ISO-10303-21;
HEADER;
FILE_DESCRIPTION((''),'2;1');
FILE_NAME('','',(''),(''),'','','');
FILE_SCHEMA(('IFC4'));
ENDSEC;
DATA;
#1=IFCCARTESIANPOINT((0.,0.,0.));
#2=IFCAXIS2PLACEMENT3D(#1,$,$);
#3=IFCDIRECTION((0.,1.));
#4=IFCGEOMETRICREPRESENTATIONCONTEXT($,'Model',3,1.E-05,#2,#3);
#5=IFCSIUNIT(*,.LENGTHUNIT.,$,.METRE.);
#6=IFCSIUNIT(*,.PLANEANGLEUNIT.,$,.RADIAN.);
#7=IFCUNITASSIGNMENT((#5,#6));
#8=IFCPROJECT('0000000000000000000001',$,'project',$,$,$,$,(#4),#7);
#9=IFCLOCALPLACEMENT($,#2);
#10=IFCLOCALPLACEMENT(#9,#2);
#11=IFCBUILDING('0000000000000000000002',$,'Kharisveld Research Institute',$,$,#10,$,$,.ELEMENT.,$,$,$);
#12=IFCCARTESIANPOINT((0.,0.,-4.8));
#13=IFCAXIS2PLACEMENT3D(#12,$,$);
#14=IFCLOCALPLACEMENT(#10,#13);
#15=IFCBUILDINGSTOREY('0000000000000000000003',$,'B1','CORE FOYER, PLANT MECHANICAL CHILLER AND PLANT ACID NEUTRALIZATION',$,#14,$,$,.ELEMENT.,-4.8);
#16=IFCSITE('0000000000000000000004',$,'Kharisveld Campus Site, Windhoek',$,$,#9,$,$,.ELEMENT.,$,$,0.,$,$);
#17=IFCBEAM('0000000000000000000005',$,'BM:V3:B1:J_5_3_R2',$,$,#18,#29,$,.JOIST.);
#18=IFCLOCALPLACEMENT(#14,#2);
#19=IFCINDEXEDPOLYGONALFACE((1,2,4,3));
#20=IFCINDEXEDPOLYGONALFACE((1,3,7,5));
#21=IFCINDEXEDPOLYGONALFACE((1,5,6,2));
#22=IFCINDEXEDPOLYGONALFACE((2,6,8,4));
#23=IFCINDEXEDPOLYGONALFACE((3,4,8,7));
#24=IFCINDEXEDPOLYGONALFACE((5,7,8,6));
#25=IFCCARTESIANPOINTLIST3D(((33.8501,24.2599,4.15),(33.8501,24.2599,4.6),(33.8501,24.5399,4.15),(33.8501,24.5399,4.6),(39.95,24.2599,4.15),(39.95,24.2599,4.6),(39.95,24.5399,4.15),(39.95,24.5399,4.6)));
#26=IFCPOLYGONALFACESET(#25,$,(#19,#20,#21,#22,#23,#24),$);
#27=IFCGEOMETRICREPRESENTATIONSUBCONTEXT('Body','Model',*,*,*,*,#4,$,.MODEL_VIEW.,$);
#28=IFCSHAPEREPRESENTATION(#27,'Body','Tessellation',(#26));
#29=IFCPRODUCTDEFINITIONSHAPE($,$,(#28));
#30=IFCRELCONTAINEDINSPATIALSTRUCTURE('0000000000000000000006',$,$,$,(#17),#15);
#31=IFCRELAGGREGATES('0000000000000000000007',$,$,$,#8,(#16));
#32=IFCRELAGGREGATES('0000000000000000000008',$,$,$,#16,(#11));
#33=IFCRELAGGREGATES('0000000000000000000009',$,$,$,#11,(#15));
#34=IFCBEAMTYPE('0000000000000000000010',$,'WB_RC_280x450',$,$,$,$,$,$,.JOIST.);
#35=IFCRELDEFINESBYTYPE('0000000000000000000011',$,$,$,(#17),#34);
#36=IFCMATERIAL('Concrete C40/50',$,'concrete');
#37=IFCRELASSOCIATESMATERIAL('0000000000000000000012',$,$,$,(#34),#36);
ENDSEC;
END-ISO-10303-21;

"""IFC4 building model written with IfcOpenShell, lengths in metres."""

from ifc_helpers import new_model, si_unit, direction, frame, origin, origin_2d, place, context, subcontext, project, spatial, rectangle, extrude, material, material_profile, profile_set, type_object, element, save


model = new_model("IFC4")

# Units and contexts
model_context = context("Model", 3, precision=1e-05, world=origin(), true_north=direction((0.0, 1.0)))
body_context = subcontext(model_context, "Body", "Model", "MODEL_VIEW")
ifc_project = project(units=[si_unit("LENGTHUNIT", "METRE"), si_unit("PLANEANGLEUNIT", "RADIAN")], contexts=[model_context])

# Site, building, storey
site_placement = place(None, origin())
site = spatial("IfcSite", under=ifc_project, at=site_placement, Name="Kharisveld Campus Site, Windhoek", CompositionType="ELEMENT", RefElevation=0.0)
building_placement = place(site_placement, origin())
building = spatial("IfcBuilding", under=site, at=building_placement, Name="Kharisveld Research Institute", CompositionType="ELEMENT")
storey_placement = place(building_placement, frame((0.0, 0.0, -4.8)))
storey = spatial("IfcBuildingStorey", under=building, at=storey_placement, Name="B1", Description="CORE FOYER, PLANT MECHANICAL CHILLER AND PLANT ACID NEUTRALIZATION", CompositionType="ELEMENT", Elevation=-4.8)

# Beam
ifc_material_1 = material(Name="Concrete C40/50", Category="concrete")
ifc_material_profile_1 = material_profile(ifc_material_1, rectangle(XDim=0.28, YDim=0.45, at=origin_2d()))
ifc_profile_set_1 = profile_set([ifc_material_profile_1], Name="Concrete C40/50")
beam_type_1 = type_object("IfcBeamType", Name="WB_RC_280x450", PredefinedType="JOIST", material=ifc_profile_set_1)
beam_1_placement = place(storey_placement, frame((33.8501, 24.3999, 4.375), z_axis=(1.0, 0.0, 0.0), x_axis=(0.0, 1.0, 0.0)))
element("IfcBeam", 1, at=beam_1_placement, inside=storey, type_object=beam_type_1, Name="BM:V3:B1:J_5_3_R2", PredefinedType="JOIST", context=body_context, shape_type="SweptSolid", body=[
    extrude(rectangle(XDim=0.28, YDim=0.45, at=origin_2d()), origin(), (0.0, 0.0, 1.0), 6.0999),
])

save(model, "model.ifc")
